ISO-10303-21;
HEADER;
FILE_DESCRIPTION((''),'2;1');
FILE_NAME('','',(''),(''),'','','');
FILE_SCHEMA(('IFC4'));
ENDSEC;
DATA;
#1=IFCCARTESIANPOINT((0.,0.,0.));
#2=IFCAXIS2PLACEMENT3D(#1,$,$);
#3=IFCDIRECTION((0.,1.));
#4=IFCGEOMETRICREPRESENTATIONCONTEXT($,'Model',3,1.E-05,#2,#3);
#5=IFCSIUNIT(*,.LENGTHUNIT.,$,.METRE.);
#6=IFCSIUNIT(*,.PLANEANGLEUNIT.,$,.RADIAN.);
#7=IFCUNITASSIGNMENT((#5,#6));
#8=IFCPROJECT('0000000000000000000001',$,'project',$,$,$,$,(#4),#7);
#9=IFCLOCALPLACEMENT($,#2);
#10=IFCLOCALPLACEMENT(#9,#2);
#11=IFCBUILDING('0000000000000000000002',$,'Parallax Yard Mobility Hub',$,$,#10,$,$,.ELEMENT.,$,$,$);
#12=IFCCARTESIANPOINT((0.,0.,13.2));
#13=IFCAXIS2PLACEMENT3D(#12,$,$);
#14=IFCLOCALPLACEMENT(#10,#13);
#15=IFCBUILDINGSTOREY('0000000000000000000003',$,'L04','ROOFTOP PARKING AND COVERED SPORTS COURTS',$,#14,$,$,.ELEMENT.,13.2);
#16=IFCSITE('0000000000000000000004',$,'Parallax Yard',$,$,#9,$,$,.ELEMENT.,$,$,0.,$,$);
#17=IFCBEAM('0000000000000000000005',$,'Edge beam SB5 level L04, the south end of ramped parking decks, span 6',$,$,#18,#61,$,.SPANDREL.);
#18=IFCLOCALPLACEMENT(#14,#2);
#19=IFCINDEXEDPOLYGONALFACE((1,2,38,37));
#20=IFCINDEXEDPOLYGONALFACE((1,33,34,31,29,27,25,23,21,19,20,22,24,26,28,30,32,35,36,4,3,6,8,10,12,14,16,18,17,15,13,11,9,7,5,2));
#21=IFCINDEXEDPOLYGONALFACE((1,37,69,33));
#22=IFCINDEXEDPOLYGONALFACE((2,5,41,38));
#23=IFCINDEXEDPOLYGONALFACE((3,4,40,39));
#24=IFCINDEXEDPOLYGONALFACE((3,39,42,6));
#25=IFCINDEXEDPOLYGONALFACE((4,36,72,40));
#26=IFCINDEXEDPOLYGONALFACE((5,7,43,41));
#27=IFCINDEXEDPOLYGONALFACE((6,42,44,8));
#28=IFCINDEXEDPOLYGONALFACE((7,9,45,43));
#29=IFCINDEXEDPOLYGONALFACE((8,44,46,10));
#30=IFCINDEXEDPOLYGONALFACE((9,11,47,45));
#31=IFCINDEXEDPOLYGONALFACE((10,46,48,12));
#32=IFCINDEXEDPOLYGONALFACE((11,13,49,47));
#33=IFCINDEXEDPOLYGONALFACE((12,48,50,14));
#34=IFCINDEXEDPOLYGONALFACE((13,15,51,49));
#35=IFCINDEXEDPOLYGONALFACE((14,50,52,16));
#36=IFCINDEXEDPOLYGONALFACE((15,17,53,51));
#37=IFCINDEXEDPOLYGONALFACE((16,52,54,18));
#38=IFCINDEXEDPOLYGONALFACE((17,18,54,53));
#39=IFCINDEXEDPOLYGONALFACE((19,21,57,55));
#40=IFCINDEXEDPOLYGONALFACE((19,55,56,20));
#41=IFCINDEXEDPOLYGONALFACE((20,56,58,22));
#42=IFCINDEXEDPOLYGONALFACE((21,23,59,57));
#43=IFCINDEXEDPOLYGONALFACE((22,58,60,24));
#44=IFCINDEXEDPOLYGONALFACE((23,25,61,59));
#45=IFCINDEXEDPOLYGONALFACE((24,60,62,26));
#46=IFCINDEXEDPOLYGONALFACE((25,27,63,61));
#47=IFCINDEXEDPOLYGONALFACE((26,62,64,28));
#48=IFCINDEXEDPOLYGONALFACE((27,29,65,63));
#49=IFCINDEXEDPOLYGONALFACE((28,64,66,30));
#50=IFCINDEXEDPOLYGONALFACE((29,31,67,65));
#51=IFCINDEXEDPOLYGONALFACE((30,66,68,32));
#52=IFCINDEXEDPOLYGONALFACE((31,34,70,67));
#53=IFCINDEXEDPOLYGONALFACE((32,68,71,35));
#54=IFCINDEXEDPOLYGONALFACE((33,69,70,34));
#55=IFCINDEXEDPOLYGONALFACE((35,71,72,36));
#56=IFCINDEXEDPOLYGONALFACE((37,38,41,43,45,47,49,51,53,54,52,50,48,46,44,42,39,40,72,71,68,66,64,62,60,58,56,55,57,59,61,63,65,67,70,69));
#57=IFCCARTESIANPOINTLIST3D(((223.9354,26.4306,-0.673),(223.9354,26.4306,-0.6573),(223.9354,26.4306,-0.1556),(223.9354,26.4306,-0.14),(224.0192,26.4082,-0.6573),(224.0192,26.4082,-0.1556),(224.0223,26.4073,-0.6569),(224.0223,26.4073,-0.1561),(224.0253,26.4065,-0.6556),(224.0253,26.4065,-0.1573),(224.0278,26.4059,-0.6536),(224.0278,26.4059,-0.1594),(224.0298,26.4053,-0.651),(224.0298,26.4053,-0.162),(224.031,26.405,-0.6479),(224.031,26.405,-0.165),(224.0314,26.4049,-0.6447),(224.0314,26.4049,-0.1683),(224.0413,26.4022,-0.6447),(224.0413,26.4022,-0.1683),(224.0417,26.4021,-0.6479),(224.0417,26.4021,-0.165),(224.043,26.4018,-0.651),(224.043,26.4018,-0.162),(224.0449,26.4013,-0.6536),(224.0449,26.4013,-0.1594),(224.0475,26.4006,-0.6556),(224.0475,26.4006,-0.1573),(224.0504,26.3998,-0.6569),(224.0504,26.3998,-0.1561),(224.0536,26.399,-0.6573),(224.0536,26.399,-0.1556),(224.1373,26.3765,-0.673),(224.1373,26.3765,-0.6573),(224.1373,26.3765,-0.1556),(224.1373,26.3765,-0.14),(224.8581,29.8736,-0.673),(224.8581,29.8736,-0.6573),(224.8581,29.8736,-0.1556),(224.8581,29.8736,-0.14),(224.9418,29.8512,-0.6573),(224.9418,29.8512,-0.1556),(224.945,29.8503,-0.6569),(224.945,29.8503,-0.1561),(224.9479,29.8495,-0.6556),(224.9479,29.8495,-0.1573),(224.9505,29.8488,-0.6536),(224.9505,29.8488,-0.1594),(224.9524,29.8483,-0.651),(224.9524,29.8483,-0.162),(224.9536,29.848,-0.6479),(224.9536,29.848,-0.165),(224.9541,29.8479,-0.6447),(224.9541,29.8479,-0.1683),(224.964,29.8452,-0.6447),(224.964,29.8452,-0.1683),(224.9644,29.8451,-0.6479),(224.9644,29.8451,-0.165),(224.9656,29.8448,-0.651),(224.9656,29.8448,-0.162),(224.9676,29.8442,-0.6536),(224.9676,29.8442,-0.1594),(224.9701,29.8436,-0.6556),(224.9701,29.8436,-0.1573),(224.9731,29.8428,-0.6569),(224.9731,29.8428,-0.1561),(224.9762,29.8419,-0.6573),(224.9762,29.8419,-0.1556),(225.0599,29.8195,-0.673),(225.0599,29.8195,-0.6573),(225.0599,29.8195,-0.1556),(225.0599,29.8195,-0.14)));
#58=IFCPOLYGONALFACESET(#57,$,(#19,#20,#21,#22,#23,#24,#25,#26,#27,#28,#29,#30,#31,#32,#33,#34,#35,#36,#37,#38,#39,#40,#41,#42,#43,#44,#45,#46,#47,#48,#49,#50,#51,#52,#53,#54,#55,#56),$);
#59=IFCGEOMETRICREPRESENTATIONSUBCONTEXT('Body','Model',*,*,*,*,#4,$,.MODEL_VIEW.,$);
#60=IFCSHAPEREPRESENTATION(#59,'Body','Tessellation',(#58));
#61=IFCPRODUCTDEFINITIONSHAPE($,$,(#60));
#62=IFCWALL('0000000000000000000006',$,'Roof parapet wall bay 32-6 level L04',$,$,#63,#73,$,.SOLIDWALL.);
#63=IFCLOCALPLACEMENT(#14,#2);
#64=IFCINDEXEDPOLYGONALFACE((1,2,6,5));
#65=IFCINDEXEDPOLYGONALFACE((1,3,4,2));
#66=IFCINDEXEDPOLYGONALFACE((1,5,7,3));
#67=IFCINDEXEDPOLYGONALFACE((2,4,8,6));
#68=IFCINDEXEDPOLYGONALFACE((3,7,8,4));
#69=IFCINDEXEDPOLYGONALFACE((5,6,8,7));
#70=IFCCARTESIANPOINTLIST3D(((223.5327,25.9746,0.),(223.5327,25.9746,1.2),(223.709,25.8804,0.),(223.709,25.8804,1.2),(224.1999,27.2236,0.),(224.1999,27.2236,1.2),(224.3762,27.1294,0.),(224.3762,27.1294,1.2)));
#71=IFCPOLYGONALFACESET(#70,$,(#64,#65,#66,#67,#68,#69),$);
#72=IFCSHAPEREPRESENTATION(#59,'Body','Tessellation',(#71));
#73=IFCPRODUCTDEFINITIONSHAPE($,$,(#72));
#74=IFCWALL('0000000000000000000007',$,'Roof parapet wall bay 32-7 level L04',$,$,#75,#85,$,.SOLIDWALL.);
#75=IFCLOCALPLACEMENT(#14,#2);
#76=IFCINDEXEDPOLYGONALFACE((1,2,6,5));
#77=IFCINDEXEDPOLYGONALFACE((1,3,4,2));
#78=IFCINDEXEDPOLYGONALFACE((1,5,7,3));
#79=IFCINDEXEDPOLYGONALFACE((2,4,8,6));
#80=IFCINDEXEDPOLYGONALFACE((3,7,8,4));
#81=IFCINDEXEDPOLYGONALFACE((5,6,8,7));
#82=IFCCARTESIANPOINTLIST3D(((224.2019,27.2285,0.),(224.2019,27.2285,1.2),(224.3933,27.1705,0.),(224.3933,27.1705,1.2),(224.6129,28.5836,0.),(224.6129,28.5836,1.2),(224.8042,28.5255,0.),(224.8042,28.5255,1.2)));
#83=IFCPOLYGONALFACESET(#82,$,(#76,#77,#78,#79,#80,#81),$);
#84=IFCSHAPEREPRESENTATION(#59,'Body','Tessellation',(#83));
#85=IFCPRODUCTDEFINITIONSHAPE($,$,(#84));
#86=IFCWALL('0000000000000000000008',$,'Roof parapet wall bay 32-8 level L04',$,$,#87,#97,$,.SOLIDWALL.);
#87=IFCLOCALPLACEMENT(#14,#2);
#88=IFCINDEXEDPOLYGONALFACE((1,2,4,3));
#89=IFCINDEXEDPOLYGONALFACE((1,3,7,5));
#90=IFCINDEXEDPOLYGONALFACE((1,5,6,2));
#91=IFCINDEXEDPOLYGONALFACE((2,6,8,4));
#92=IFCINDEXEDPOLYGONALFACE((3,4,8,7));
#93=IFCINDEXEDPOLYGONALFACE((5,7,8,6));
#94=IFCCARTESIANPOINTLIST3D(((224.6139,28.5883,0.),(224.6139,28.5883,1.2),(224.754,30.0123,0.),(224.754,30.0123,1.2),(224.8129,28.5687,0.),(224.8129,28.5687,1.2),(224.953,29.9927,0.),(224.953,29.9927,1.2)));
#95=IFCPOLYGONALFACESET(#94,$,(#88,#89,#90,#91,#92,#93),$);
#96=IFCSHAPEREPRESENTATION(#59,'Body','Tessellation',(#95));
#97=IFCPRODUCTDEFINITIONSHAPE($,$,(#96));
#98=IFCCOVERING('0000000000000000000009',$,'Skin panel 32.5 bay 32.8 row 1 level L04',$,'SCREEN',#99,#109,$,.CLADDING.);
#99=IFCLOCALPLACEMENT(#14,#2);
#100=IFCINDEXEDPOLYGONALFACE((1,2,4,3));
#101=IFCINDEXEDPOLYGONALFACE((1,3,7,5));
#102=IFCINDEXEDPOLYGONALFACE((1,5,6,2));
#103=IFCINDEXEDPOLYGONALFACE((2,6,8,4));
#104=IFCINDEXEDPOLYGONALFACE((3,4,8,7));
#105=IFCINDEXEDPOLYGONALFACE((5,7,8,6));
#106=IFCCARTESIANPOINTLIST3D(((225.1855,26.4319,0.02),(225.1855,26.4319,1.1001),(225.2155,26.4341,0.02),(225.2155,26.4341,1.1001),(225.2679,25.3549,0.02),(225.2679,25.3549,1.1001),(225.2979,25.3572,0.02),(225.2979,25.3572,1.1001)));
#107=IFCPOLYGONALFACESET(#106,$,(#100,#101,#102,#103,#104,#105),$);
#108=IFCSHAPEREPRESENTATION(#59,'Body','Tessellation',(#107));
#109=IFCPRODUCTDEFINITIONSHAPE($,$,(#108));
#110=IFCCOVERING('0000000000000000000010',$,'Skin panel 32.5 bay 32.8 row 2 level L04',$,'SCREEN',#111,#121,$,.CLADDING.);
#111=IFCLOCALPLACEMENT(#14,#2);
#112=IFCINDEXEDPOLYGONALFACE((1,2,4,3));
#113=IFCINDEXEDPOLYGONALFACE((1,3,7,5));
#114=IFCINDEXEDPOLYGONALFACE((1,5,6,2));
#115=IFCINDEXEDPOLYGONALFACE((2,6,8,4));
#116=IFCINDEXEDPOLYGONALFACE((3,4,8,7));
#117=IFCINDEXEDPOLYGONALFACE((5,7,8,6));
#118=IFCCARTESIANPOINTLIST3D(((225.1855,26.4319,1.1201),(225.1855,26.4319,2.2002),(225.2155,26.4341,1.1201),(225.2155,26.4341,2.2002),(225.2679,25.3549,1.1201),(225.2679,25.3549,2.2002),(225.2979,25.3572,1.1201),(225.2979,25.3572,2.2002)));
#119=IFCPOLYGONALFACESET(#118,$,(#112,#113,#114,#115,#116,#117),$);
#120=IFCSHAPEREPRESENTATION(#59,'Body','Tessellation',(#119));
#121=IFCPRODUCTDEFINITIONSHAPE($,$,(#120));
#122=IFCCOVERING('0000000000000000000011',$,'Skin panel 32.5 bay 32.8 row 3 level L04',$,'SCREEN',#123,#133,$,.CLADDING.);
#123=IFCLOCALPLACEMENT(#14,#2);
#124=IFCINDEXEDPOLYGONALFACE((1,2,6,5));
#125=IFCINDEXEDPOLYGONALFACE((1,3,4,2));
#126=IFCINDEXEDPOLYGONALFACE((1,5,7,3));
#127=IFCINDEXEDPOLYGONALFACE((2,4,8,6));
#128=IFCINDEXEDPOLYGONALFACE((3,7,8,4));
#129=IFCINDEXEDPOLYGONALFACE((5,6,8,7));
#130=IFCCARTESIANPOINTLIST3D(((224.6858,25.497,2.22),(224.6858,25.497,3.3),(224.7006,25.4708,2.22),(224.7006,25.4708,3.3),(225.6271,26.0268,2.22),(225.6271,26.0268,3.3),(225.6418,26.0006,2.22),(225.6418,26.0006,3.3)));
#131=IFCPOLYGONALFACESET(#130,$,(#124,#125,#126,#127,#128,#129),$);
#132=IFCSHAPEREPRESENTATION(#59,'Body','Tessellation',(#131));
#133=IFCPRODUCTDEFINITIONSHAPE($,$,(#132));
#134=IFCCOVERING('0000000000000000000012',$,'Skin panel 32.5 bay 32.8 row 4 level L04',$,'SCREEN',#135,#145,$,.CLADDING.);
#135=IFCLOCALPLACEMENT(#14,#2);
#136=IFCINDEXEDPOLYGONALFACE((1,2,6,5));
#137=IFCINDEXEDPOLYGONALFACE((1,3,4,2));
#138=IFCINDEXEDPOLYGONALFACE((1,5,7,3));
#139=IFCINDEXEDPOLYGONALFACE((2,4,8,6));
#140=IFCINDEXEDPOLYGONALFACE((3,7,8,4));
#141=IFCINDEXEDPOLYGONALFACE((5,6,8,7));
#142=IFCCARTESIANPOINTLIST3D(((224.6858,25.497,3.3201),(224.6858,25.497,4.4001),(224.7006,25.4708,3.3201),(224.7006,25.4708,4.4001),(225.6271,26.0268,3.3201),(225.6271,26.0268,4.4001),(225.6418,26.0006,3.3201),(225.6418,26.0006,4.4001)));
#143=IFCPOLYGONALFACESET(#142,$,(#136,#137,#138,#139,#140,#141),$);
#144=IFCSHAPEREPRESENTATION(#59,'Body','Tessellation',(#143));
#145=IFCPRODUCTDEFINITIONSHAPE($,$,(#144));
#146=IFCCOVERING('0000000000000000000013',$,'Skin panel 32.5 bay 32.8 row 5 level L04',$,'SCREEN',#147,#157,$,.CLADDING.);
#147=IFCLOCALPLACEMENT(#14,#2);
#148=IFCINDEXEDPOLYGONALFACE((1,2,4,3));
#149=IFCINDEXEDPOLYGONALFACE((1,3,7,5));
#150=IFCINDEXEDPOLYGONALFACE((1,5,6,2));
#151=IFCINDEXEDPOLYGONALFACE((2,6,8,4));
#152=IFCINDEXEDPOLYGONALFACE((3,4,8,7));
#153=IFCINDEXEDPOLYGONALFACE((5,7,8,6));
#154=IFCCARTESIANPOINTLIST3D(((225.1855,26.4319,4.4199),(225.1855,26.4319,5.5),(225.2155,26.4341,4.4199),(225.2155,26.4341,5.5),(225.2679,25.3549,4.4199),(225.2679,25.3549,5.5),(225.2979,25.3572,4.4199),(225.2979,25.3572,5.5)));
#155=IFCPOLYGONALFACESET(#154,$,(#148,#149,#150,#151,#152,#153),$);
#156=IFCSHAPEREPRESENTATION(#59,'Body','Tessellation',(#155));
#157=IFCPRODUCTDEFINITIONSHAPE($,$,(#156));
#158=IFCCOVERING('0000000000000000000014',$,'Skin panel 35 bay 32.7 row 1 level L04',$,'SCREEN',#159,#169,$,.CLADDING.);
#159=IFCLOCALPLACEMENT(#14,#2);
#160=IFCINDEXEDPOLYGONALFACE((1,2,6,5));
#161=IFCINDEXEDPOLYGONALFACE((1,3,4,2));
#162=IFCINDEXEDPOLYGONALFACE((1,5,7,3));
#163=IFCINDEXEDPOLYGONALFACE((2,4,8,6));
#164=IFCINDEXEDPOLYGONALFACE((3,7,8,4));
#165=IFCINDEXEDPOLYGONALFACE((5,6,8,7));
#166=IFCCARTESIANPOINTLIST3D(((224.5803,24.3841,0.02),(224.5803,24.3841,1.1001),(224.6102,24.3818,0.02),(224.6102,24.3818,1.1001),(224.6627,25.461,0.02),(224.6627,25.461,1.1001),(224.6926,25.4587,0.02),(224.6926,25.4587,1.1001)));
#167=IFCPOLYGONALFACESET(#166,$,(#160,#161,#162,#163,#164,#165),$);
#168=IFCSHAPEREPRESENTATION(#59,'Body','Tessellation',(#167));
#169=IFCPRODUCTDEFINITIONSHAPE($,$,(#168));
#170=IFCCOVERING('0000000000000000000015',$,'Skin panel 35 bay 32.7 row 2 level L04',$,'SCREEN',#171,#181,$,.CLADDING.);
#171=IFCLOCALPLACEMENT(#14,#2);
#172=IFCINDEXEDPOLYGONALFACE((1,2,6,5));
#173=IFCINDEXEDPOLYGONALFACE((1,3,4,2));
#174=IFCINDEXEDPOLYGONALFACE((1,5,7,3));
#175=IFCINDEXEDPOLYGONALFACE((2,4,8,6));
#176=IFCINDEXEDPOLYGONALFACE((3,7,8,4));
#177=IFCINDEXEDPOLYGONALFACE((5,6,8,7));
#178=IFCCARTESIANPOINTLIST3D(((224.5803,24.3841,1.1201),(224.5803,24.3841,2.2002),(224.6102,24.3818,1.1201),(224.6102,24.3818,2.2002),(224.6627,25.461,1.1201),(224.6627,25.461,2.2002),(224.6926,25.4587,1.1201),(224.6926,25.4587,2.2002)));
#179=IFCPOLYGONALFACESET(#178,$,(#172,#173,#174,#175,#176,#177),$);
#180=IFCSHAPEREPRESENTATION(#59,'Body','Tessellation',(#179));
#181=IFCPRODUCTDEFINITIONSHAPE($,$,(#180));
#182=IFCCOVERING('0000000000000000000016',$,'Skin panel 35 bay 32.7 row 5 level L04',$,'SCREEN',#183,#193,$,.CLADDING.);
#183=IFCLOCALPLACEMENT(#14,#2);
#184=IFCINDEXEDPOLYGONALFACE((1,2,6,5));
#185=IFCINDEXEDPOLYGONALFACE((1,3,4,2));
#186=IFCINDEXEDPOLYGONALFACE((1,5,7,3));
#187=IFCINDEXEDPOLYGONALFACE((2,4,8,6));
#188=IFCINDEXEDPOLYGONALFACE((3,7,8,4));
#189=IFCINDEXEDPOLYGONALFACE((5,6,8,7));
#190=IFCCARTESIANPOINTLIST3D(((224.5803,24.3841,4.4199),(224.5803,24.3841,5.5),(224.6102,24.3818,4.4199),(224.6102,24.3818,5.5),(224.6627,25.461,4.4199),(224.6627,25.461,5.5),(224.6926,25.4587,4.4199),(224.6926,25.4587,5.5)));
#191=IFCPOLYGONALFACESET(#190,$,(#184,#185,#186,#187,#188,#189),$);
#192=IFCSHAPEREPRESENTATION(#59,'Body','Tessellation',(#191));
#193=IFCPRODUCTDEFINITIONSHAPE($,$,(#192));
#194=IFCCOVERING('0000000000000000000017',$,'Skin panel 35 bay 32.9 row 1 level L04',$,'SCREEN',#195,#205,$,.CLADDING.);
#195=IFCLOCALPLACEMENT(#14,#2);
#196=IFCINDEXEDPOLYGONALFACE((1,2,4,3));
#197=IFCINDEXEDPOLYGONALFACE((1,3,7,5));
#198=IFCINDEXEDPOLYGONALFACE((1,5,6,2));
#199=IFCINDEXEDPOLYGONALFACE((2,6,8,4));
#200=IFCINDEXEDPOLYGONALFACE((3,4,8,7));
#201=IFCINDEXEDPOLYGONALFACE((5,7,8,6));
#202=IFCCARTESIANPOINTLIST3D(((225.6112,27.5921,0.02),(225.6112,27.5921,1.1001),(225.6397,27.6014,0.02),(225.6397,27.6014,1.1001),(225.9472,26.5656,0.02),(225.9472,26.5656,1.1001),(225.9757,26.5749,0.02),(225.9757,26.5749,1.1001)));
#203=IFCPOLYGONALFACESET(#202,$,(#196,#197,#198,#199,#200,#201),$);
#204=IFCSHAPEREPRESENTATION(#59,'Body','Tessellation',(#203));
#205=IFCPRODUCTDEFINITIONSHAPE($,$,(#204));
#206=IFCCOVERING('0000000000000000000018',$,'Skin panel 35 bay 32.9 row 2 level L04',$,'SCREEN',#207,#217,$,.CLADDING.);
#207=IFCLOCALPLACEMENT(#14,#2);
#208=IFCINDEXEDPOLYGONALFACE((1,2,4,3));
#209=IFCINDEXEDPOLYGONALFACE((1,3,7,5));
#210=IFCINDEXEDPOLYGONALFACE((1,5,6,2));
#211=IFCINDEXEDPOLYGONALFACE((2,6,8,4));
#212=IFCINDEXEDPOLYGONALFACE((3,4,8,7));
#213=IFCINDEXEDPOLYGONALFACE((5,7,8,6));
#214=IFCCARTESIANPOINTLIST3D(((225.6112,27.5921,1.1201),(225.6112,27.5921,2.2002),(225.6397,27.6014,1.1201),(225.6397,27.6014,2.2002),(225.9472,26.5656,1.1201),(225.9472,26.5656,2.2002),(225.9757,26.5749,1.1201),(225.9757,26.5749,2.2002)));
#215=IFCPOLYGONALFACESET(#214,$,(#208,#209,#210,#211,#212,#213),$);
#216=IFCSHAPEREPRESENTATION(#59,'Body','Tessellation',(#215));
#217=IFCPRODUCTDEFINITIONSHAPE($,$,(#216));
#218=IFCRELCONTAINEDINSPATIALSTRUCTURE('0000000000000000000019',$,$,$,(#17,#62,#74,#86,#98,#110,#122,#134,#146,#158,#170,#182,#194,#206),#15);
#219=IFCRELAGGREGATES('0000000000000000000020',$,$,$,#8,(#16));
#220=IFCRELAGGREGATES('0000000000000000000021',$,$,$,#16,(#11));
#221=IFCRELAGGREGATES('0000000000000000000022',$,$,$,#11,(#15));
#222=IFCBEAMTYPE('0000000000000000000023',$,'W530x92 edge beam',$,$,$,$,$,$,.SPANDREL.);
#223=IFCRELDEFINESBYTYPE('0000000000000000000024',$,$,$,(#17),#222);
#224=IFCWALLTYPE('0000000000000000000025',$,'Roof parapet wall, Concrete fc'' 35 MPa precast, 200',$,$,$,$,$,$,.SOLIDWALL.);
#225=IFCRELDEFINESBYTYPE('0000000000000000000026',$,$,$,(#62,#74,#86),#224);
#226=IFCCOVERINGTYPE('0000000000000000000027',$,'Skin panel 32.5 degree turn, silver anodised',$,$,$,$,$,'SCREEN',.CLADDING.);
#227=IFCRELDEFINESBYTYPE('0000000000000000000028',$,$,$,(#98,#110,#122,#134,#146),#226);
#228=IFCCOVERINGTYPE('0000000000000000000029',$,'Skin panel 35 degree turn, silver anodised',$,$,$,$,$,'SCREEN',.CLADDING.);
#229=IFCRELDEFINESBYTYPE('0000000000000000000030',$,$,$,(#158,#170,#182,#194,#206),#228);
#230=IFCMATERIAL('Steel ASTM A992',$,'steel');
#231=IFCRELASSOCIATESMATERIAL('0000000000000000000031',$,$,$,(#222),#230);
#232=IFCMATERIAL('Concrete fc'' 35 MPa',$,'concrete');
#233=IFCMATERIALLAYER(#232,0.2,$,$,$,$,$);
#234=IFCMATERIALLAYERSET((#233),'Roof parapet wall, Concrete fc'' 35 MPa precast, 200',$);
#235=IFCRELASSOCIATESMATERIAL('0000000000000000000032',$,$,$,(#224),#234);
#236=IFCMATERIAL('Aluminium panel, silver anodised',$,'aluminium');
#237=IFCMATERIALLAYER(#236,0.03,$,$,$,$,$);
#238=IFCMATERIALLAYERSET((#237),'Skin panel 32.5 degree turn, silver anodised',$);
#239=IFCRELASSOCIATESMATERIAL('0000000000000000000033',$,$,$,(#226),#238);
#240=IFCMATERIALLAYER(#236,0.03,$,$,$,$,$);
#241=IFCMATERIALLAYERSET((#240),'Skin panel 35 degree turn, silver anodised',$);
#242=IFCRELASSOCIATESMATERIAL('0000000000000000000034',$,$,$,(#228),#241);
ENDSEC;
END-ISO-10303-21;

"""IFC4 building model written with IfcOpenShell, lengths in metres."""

from ifc_helpers import new_model, si_unit, direction, frame, frame_2d, origin, origin_2d, place, context, subcontext, project, spatial, rectangle, i_section, extrude, material, layer, layer_set, material_profile, profile_set, type_object, element, save


model = new_model("IFC4")

# Units and contexts
model_context = context("Model", 3, precision=1e-05, world=origin(), true_north=direction((0.0, 1.0)))
body_context = subcontext(model_context, "Body", "Model", "MODEL_VIEW")
ifc_project = project(units=[si_unit("LENGTHUNIT", "METRE"), si_unit("PLANEANGLEUNIT", "RADIAN")], contexts=[model_context])

# Site, building, storey
site_placement = place(None, origin())
site = spatial("IfcSite", under=ifc_project, at=site_placement, Name="Parallax Yard", CompositionType="ELEMENT", RefElevation=0.0)
building_placement = place(site_placement, origin())
building = spatial("IfcBuilding", under=site, at=building_placement, Name="Parallax Yard Mobility Hub", CompositionType="ELEMENT")
storey_placement = place(building_placement, frame((0.0, 0.0, 13.2)))
storey = spatial("IfcBuildingStorey", under=building, at=storey_placement, Name="L04", Description="ROOFTOP PARKING AND COVERED SPORTS COURTS", CompositionType="ELEMENT", Elevation=13.2)

# Beam
ifc_material_1 = material(Name="Steel ASTM A992", Category="steel")
ifc_material_profile_1 = material_profile(ifc_material_1, i_section(OverallWidth=0.209, OverallDepth=0.533, WebThickness=0.0103, FlangeThickness=0.0156, FilletRadius=0.0127, at=origin_2d()), Name="W530x92")
ifc_profile_set_1 = profile_set([ifc_material_profile_1], Name="Steel ASTM A992")
beam_type = type_object("IfcBeamType", Name="W530x92 edge beam", PredefinedType="SPANDREL", material=ifc_profile_set_1)
beam_placement = place(storey_placement, frame((224.0364, 26.4036, -0.4065), z_axis=(0.258843, 0.965919, 0.0), x_axis=(-0.965919, 0.258843, 0.0)))
element("IfcBeam", 1, at=beam_placement, inside=storey, type_object=beam_type, Name="Edge beam SB5 level L04, the south end of ramped parking decks, span 6", PredefinedType="SPANDREL", context=body_context, shape_type="SweptSolid", body=[
    extrude(i_section(OverallWidth=0.209, OverallDepth=0.533, WebThickness=0.0103, FlangeThickness=0.0156, FilletRadius=0.0127, at=origin_2d()), origin(), (0.0, 0.0, 1.0), 3.5645),
])

# Walls
ifc_material_2 = material(Name="Concrete fc' 35 MPa", Category="concrete")
ifc_layer_1 = layer(ifc_material_2, 0.2)
ifc_layer_set_1 = layer_set([ifc_layer_1], Name="Roof parapet wall, Concrete fc' 35 MPa precast, 200")
wall_type = type_object("IfcWallType", Name="Roof parapet wall, Concrete fc' 35 MPa precast, 200", PredefinedType="SOLIDWALL", material=ifc_layer_set_1)
for number, where, z_axis, x_axis, name in (
    (2, (223.6208, 25.9275, 0.0), (0.0, 0.0, 1.0), (0.471188, 0.882033, 0.0), "Roof parapet wall bay 32-6 level L04"),
    (3, (224.2976, 27.1995, 0.0), (0.0, 0.0, 1.0), (0.290194, 0.956968, 0.0), "Roof parapet wall bay 32-7 level L04"),
):
    element("IfcWall", number, at=place(storey_placement, frame(where, z_axis=z_axis, x_axis=x_axis)), inside=storey, type_object=wall_type, Name=name, PredefinedType="SOLIDWALL", context=body_context, shape_type="SweptSolid", body=[
        extrude(rectangle(XDim=1.416, YDim=0.2, at=frame_2d((0.708, 0.0))), origin(), (0.0, 0.0, 1.0), 1.2),
    ])
wall_placement = place(storey_placement, frame((224.7134, 28.5786, 0.0), z_axis=(0.0, 0.0, 1.0), x_axis=(0.097933, 0.995193, 0.0)))
element("IfcWall", 4, at=wall_placement, inside=storey, type_object=wall_type, Name="Roof parapet wall bay 32-8 level L04", PredefinedType="SOLIDWALL", context=body_context, shape_type="SweptSolid", body=[
    extrude(rectangle(XDim=1.4309, YDim=0.2, at=frame_2d((0.7153, 0.0))), origin(), (0.0, 0.0, 1.0), 1.2),
])

# Coverings
ifc_material_3 = material(Name="Aluminium panel, silver anodised", Category="aluminium")
ifc_layer_2 = layer(ifc_material_3, 0.03)
ifc_layer_set_2 = layer_set([ifc_layer_2], Name="Skin panel 32.5 degree turn, silver anodised")
covering_type_1 = type_object("IfcCoveringType", Name="Skin panel 32.5 degree turn, silver anodised", ElementType="SCREEN", PredefinedType="CLADDING", material=ifc_layer_set_2)
for number, where, z_axis, x_axis, name in (
    (5, (225.2417, 25.8945, 0.02), (0.0, 0.0, 1.0), (0.076284, -0.997086, 0.0), "Skin panel 32.5 bay 32.8 row 1 level L04"),
    (6, (225.2417, 25.8945, 1.1201), (0.0, 0.0, 1.0), (0.076284, -0.997086, 0.0), "Skin panel 32.5 bay 32.8 row 2 level L04"),
    (7, (225.1638, 25.7488, 2.22), (0.0, 0.0, 1.0), (0.871428, 0.490524, 0.0), "Skin panel 32.5 bay 32.8 row 3 level L04"),
    (8, (225.1638, 25.7488, 3.3201), (0.0, 0.0, 1.0), (0.871428, 0.490524, 0.0), "Skin panel 32.5 bay 32.8 row 4 level L04"),
    (9, (225.2417, 25.8945, 4.4199), (0.0, 0.0, 1.0), (0.076284, -0.997086, 0.0), "Skin panel 32.5 bay 32.8 row 5 level L04"),
):
    element("IfcCovering", number, at=place(storey_placement, frame(where, z_axis=z_axis, x_axis=x_axis)), inside=storey, type_object=covering_type_1, Name=name, ObjectType="SCREEN", PredefinedType="CLADDING", context=body_context, shape_type="SweptSolid", body=[
        extrude(rectangle(XDim=1.0801, YDim=0.03, at=origin_2d()), origin(), (0.0, 0.0, 1.0), 1.0801),
    ])
ifc_layer_3 = layer(ifc_material_3, 0.03)
ifc_layer_set_3 = layer_set([ifc_layer_3], Name="Skin panel 35 degree turn, silver anodised")
covering_type_2 = type_object("IfcCoveringType", Name="Skin panel 35 degree turn, silver anodised", ElementType="SCREEN", PredefinedType="CLADDING", material=ifc_layer_set_3)
for number, where, z_axis, x_axis, name in (
    (10, (224.6365, 24.9214, 0.02), (0.0, 0.0, 1.0), (-0.076284, -0.997086, 0.0), "Skin panel 35 bay 32.7 row 1 level L04"),
    (11, (224.6365, 24.9214, 1.1201), (0.0, 0.0, 1.0), (-0.076284, -0.997086, 0.0), "Skin panel 35 bay 32.7 row 2 level L04"),
    (12, (224.6365, 24.9214, 4.4199), (0.0, 0.0, 1.0), (-0.076284, -0.997086, 0.0), "Skin panel 35 bay 32.7 row 5 level L04"),
    (13, (225.7935, 27.0835, 0.02), (0.0, 0.0, 1.0), (0.311091, -0.95038, 0.0), "Skin panel 35 bay 32.9 row 1 level L04"),
    (14, (225.7935, 27.0835, 1.1201), (0.0, 0.0, 1.0), (0.311091, -0.95038, 0.0), "Skin panel 35 bay 32.9 row 2 level L04"),
):
    element("IfcCovering", number, at=place(storey_placement, frame(where, z_axis=z_axis, x_axis=x_axis)), inside=storey, type_object=covering_type_2, Name=name, ObjectType="SCREEN", PredefinedType="CLADDING", context=body_context, shape_type="SweptSolid", body=[
        extrude(rectangle(XDim=1.0801, YDim=0.03, at=origin_2d()), origin(), (0.0, 0.0, 1.0), 1.0801),
    ])

save(model, "model.ifc")
